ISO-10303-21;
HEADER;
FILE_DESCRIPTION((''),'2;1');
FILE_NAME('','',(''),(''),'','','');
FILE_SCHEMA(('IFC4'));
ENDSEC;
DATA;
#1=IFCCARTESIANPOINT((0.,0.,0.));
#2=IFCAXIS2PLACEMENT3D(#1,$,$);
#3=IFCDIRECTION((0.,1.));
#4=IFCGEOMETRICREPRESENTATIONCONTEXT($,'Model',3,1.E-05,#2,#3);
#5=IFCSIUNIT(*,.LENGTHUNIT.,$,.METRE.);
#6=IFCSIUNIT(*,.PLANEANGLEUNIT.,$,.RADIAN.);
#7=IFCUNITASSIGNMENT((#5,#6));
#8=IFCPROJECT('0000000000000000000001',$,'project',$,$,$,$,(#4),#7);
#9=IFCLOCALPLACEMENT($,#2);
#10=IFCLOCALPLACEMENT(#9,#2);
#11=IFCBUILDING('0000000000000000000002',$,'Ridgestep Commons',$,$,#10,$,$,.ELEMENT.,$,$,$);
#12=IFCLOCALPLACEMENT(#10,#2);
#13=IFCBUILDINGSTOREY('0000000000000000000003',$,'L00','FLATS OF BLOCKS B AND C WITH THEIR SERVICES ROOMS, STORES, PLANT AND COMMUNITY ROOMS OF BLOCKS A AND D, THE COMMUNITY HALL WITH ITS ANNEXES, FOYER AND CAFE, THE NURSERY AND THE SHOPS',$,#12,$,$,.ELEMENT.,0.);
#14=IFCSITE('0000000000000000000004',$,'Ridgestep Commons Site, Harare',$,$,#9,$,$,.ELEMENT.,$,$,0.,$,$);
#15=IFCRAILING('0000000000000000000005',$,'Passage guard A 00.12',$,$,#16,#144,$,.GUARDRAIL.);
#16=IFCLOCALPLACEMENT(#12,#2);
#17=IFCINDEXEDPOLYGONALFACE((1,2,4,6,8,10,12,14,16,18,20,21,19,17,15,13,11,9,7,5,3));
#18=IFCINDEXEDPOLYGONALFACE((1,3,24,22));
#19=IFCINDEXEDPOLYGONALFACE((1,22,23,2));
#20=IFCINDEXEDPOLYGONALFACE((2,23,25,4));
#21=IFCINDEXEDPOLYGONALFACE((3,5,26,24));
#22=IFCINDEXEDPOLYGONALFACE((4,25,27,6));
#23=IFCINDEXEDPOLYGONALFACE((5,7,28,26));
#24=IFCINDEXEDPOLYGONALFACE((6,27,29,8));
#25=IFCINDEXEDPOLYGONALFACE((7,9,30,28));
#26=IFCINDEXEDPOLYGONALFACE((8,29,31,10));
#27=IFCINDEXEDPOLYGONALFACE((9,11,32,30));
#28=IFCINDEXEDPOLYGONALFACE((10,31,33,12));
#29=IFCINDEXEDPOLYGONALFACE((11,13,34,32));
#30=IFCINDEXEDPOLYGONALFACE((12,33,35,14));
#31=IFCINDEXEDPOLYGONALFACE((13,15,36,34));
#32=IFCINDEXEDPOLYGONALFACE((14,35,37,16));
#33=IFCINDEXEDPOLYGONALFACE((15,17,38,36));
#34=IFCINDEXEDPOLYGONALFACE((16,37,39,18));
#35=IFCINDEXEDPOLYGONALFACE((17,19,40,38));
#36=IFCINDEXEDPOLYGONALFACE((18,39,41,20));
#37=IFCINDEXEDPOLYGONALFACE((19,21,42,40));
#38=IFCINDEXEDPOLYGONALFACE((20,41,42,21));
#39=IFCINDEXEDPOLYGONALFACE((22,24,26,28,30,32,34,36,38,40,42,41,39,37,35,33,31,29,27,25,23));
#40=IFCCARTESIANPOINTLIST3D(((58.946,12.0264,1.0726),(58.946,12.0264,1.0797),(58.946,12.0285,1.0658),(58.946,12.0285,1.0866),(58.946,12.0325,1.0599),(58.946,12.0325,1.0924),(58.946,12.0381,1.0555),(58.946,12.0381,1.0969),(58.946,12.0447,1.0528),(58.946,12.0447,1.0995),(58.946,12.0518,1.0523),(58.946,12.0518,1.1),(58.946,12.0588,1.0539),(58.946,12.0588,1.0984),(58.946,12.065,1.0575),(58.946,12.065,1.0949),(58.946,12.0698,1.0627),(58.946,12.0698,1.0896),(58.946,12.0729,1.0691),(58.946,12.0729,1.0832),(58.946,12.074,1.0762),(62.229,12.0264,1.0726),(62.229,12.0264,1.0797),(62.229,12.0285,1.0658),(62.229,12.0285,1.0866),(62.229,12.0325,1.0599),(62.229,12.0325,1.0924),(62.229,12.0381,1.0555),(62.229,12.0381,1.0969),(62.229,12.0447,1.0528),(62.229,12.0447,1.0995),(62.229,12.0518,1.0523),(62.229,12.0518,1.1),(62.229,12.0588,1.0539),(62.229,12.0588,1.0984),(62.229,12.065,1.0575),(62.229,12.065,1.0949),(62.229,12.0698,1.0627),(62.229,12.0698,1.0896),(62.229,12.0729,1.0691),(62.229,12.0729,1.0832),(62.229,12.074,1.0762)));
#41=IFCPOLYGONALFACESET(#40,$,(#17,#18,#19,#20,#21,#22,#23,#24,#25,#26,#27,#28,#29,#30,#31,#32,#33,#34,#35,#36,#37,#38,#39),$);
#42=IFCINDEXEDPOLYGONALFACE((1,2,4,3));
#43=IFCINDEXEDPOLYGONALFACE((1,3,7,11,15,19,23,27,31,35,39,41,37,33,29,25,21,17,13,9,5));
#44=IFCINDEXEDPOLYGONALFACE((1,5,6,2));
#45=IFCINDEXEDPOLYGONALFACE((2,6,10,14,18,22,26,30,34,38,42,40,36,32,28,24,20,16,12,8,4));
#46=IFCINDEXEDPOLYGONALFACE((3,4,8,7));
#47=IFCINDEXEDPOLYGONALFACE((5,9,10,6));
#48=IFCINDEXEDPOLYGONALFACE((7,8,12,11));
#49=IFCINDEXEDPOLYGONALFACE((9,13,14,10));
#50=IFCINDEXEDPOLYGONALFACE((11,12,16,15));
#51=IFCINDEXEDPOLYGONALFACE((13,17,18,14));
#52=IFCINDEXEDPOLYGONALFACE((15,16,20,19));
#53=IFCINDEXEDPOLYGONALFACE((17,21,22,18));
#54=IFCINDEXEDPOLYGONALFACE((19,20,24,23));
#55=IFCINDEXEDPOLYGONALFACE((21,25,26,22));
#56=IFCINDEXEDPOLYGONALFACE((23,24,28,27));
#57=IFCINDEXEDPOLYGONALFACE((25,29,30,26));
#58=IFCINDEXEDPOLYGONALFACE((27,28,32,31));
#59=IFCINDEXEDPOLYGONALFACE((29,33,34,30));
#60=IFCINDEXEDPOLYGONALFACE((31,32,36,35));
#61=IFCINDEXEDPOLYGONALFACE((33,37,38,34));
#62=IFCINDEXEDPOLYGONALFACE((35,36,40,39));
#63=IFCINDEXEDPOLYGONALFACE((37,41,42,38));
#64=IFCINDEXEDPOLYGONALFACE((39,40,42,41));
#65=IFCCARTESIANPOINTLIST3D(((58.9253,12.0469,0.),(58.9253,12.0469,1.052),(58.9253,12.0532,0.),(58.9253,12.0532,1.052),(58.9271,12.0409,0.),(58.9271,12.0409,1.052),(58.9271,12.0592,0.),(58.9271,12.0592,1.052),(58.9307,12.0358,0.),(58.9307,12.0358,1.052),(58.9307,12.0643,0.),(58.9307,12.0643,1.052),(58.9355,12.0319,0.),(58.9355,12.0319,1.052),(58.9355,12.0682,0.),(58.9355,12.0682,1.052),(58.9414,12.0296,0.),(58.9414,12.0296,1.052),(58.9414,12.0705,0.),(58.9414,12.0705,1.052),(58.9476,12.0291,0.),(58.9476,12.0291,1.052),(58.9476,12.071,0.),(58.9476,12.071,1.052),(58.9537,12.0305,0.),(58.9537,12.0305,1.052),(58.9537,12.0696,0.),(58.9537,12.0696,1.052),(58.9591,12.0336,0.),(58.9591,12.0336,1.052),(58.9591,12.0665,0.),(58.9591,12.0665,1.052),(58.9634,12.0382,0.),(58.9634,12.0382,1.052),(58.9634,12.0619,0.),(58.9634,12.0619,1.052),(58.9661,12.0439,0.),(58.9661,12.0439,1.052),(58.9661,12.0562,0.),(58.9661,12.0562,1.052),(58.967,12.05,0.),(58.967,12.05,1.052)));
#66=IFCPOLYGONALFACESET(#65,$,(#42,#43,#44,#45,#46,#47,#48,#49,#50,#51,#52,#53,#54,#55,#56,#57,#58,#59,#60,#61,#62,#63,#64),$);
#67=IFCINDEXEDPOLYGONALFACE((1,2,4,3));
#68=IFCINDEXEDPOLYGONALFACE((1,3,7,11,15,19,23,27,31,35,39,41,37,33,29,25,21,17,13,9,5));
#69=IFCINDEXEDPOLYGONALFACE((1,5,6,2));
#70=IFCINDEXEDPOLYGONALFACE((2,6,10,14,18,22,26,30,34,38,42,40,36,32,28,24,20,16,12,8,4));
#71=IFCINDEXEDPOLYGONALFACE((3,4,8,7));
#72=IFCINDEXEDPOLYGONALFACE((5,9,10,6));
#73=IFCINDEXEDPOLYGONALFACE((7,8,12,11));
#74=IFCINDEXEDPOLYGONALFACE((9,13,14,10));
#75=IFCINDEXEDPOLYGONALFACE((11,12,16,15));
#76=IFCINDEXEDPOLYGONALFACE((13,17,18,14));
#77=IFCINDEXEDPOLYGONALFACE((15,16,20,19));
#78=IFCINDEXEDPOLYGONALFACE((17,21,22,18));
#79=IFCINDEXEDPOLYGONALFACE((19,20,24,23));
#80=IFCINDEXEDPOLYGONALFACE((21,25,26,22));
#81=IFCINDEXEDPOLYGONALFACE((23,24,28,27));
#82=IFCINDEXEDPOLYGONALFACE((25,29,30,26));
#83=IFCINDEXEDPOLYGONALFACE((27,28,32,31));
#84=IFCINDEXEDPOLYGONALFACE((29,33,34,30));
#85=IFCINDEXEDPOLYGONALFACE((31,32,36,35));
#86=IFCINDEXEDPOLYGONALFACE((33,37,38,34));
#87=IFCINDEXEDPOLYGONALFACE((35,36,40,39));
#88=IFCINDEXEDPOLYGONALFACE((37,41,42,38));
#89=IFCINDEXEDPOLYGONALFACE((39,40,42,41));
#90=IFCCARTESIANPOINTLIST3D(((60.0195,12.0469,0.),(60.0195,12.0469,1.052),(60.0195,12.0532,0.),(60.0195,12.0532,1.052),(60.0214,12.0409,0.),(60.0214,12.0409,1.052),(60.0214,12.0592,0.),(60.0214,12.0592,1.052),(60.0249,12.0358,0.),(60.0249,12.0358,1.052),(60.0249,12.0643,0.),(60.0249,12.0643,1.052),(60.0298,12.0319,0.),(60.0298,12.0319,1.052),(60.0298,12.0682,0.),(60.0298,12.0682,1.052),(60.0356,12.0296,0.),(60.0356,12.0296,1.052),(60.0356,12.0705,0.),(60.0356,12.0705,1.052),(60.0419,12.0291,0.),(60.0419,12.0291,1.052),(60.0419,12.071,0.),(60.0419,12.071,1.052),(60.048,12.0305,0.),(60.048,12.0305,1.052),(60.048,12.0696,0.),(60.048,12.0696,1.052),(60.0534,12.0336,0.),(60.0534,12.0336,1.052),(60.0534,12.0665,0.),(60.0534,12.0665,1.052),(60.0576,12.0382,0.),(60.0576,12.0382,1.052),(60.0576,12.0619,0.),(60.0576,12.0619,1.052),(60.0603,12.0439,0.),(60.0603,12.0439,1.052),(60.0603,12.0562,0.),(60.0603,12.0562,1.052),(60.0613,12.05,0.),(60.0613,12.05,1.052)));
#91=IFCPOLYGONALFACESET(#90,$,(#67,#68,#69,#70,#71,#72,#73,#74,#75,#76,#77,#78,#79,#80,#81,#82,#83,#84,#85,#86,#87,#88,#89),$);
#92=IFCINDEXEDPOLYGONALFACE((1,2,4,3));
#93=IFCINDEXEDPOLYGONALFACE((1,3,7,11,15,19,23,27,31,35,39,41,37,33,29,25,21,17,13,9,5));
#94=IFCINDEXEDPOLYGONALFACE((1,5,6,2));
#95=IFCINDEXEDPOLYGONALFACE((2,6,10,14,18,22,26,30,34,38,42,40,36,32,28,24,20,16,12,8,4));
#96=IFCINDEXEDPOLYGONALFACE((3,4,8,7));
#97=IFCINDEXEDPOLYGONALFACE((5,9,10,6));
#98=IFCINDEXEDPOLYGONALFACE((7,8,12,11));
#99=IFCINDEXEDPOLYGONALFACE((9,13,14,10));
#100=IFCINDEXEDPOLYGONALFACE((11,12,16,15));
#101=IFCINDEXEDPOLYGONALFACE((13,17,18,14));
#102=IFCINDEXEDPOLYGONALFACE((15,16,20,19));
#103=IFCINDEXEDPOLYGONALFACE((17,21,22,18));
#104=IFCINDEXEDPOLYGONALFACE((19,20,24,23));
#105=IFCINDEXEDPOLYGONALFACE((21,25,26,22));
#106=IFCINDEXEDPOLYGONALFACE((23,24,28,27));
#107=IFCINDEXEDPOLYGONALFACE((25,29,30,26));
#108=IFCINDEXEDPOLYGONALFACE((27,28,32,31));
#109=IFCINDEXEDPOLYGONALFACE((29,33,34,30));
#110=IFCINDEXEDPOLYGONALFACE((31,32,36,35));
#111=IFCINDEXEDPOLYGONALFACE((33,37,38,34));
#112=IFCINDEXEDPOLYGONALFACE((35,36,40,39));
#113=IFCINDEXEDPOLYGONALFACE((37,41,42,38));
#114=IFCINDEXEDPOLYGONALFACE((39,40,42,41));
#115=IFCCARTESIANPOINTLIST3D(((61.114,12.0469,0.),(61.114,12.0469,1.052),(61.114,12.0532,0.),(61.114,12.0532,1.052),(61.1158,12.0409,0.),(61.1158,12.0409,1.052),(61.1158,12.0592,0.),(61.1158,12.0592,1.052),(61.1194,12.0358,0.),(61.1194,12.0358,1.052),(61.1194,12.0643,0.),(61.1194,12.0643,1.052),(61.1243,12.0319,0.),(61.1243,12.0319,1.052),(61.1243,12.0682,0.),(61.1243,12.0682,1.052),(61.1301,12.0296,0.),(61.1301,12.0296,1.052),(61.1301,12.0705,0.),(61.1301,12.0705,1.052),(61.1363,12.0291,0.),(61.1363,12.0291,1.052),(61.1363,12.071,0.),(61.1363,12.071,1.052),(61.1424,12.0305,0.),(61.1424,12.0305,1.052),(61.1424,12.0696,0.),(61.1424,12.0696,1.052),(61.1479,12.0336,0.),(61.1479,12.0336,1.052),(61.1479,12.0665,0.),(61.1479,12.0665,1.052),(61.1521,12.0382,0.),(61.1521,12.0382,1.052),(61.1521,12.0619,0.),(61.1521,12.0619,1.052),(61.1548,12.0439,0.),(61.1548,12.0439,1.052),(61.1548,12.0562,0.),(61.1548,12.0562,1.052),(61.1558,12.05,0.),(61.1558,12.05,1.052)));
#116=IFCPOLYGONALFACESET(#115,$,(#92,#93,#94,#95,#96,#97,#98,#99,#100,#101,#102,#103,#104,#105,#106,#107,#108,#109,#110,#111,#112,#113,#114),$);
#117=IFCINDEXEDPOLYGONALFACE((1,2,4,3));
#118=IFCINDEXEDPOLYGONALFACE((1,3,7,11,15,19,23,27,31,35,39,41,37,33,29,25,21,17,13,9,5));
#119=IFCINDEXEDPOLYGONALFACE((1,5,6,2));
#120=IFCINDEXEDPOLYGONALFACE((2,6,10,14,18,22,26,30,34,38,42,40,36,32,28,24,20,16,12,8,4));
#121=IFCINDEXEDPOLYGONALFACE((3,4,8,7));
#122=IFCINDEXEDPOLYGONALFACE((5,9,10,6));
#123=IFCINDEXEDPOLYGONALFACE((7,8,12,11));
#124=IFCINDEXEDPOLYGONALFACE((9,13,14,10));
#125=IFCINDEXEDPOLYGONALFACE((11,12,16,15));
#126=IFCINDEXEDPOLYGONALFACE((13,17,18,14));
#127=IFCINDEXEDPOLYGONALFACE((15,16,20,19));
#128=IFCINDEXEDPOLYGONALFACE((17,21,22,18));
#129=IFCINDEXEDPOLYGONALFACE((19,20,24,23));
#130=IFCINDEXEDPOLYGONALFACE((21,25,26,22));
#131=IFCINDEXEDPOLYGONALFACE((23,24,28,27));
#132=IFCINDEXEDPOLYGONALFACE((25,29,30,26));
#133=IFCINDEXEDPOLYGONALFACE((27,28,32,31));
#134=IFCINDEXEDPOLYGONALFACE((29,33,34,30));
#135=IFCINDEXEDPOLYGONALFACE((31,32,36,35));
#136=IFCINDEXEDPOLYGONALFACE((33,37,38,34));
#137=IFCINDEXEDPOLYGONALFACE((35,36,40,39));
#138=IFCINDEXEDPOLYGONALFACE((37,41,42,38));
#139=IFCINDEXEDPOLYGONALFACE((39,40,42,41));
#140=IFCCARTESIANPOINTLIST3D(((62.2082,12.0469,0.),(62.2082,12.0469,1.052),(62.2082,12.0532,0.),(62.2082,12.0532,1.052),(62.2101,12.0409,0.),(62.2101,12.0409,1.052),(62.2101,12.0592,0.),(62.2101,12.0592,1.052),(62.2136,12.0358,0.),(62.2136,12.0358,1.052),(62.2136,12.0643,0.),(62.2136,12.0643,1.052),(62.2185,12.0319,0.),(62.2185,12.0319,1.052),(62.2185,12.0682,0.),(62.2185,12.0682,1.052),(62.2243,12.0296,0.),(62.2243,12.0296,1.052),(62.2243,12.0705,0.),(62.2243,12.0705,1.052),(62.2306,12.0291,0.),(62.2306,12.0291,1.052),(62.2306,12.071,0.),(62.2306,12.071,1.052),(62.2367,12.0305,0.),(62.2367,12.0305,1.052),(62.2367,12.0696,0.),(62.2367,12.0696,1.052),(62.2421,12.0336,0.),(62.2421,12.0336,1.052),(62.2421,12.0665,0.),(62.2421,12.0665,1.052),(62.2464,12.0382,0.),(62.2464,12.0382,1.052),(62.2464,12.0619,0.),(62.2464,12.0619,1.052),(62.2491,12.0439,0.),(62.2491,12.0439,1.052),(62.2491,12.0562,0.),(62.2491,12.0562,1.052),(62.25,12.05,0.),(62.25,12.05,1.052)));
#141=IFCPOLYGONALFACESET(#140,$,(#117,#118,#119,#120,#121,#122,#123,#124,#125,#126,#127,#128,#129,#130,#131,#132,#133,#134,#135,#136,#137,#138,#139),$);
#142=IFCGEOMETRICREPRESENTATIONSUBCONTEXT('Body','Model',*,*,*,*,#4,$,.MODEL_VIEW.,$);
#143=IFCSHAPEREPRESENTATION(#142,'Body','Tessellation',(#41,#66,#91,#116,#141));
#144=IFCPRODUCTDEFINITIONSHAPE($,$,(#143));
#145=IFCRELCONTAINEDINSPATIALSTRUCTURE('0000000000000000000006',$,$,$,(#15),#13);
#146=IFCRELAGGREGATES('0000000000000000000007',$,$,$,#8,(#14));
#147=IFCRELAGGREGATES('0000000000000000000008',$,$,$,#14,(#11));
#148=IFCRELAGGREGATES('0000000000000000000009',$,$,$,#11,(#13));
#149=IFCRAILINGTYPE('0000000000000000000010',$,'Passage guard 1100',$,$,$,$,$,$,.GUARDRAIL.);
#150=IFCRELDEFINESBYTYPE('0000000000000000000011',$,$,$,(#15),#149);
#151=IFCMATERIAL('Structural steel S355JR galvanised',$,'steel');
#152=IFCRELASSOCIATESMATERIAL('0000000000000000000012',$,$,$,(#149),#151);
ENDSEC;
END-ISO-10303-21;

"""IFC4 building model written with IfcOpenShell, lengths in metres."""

from ifc_helpers import new_model, si_unit, direction, frame, origin, origin_2d, place, context, subcontext, project, spatial, circle, extrude, material, type_object, element, save


model = new_model("IFC4")

# Units and contexts
model_context = context("Model", 3, precision=1e-05, world=origin(), true_north=direction((0.0, 1.0)))
body_context = subcontext(model_context, "Body", "Model", "MODEL_VIEW")
ifc_project = project(units=[si_unit("LENGTHUNIT", "METRE"), si_unit("PLANEANGLEUNIT", "RADIAN")], contexts=[model_context])

# Site, building, storey
site_placement = place(None, origin())
site = spatial("IfcSite", under=ifc_project, at=site_placement, Name="Ridgestep Commons Site, Harare", CompositionType="ELEMENT", RefElevation=0.0)
building_placement = place(site_placement, origin())
building = spatial("IfcBuilding", under=site, at=building_placement, Name="Ridgestep Commons", CompositionType="ELEMENT")
storey_placement = place(building_placement, origin())
storey = spatial("IfcBuildingStorey", under=building, at=storey_placement, Name="L00", Description="FLATS OF BLOCKS B AND C WITH THEIR SERVICES ROOMS, STORES, PLANT AND COMMUNITY ROOMS OF BLOCKS A AND D, THE COMMUNITY HALL WITH ITS ANNEXES, FOYER AND CAFE, THE NURSERY AND THE SHOPS", CompositionType="ELEMENT", Elevation=0.0)

# Railing
ifc_material_1 = material(Name="Structural steel S355JR galvanised", Category="steel")
railing_type = type_object("IfcRailingType", Name="Passage guard 1100", PredefinedType="GUARDRAIL", material=ifc_material_1)
for number, where, name in (
    (1, (58.946, 12.05, 0.0), "Passage guard A 00.12"),
):
    element("IfcRailing", number, at=place(storey_placement, frame(where)), inside=storey, type_object=railing_type, Name=name, PredefinedType="GUARDRAIL", context=body_context, shape_type="SweptSolid", body=[
        extrude(circle(Radius=0.0239, at=origin_2d()), frame((0.0, 0.0, 1.0762), z_axis=(1.0, 0.0, 0.0), x_axis=(0.0, 1.0, 0.0)), (0.0, 0.0, 1.0), 3.283),
        extrude(circle(Radius=0.021, at=origin_2d()), origin(), (0.0, 0.0, 1.0), 1.052),
        extrude(circle(Radius=0.021, at=origin_2d()), frame((1.0942, 0.0, 0.0)), (0.0, 0.0, 1.0), 1.052),
        extrude(circle(Radius=0.021, at=origin_2d()), frame((2.1887, 0.0, 0.0)), (0.0, 0.0, 1.0), 1.052),
        extrude(circle(Radius=0.021, at=origin_2d()), frame((3.283, 0.0, 0.0)), (0.0, 0.0, 1.0), 1.052),
    ])

save(model, "model.ifc")
